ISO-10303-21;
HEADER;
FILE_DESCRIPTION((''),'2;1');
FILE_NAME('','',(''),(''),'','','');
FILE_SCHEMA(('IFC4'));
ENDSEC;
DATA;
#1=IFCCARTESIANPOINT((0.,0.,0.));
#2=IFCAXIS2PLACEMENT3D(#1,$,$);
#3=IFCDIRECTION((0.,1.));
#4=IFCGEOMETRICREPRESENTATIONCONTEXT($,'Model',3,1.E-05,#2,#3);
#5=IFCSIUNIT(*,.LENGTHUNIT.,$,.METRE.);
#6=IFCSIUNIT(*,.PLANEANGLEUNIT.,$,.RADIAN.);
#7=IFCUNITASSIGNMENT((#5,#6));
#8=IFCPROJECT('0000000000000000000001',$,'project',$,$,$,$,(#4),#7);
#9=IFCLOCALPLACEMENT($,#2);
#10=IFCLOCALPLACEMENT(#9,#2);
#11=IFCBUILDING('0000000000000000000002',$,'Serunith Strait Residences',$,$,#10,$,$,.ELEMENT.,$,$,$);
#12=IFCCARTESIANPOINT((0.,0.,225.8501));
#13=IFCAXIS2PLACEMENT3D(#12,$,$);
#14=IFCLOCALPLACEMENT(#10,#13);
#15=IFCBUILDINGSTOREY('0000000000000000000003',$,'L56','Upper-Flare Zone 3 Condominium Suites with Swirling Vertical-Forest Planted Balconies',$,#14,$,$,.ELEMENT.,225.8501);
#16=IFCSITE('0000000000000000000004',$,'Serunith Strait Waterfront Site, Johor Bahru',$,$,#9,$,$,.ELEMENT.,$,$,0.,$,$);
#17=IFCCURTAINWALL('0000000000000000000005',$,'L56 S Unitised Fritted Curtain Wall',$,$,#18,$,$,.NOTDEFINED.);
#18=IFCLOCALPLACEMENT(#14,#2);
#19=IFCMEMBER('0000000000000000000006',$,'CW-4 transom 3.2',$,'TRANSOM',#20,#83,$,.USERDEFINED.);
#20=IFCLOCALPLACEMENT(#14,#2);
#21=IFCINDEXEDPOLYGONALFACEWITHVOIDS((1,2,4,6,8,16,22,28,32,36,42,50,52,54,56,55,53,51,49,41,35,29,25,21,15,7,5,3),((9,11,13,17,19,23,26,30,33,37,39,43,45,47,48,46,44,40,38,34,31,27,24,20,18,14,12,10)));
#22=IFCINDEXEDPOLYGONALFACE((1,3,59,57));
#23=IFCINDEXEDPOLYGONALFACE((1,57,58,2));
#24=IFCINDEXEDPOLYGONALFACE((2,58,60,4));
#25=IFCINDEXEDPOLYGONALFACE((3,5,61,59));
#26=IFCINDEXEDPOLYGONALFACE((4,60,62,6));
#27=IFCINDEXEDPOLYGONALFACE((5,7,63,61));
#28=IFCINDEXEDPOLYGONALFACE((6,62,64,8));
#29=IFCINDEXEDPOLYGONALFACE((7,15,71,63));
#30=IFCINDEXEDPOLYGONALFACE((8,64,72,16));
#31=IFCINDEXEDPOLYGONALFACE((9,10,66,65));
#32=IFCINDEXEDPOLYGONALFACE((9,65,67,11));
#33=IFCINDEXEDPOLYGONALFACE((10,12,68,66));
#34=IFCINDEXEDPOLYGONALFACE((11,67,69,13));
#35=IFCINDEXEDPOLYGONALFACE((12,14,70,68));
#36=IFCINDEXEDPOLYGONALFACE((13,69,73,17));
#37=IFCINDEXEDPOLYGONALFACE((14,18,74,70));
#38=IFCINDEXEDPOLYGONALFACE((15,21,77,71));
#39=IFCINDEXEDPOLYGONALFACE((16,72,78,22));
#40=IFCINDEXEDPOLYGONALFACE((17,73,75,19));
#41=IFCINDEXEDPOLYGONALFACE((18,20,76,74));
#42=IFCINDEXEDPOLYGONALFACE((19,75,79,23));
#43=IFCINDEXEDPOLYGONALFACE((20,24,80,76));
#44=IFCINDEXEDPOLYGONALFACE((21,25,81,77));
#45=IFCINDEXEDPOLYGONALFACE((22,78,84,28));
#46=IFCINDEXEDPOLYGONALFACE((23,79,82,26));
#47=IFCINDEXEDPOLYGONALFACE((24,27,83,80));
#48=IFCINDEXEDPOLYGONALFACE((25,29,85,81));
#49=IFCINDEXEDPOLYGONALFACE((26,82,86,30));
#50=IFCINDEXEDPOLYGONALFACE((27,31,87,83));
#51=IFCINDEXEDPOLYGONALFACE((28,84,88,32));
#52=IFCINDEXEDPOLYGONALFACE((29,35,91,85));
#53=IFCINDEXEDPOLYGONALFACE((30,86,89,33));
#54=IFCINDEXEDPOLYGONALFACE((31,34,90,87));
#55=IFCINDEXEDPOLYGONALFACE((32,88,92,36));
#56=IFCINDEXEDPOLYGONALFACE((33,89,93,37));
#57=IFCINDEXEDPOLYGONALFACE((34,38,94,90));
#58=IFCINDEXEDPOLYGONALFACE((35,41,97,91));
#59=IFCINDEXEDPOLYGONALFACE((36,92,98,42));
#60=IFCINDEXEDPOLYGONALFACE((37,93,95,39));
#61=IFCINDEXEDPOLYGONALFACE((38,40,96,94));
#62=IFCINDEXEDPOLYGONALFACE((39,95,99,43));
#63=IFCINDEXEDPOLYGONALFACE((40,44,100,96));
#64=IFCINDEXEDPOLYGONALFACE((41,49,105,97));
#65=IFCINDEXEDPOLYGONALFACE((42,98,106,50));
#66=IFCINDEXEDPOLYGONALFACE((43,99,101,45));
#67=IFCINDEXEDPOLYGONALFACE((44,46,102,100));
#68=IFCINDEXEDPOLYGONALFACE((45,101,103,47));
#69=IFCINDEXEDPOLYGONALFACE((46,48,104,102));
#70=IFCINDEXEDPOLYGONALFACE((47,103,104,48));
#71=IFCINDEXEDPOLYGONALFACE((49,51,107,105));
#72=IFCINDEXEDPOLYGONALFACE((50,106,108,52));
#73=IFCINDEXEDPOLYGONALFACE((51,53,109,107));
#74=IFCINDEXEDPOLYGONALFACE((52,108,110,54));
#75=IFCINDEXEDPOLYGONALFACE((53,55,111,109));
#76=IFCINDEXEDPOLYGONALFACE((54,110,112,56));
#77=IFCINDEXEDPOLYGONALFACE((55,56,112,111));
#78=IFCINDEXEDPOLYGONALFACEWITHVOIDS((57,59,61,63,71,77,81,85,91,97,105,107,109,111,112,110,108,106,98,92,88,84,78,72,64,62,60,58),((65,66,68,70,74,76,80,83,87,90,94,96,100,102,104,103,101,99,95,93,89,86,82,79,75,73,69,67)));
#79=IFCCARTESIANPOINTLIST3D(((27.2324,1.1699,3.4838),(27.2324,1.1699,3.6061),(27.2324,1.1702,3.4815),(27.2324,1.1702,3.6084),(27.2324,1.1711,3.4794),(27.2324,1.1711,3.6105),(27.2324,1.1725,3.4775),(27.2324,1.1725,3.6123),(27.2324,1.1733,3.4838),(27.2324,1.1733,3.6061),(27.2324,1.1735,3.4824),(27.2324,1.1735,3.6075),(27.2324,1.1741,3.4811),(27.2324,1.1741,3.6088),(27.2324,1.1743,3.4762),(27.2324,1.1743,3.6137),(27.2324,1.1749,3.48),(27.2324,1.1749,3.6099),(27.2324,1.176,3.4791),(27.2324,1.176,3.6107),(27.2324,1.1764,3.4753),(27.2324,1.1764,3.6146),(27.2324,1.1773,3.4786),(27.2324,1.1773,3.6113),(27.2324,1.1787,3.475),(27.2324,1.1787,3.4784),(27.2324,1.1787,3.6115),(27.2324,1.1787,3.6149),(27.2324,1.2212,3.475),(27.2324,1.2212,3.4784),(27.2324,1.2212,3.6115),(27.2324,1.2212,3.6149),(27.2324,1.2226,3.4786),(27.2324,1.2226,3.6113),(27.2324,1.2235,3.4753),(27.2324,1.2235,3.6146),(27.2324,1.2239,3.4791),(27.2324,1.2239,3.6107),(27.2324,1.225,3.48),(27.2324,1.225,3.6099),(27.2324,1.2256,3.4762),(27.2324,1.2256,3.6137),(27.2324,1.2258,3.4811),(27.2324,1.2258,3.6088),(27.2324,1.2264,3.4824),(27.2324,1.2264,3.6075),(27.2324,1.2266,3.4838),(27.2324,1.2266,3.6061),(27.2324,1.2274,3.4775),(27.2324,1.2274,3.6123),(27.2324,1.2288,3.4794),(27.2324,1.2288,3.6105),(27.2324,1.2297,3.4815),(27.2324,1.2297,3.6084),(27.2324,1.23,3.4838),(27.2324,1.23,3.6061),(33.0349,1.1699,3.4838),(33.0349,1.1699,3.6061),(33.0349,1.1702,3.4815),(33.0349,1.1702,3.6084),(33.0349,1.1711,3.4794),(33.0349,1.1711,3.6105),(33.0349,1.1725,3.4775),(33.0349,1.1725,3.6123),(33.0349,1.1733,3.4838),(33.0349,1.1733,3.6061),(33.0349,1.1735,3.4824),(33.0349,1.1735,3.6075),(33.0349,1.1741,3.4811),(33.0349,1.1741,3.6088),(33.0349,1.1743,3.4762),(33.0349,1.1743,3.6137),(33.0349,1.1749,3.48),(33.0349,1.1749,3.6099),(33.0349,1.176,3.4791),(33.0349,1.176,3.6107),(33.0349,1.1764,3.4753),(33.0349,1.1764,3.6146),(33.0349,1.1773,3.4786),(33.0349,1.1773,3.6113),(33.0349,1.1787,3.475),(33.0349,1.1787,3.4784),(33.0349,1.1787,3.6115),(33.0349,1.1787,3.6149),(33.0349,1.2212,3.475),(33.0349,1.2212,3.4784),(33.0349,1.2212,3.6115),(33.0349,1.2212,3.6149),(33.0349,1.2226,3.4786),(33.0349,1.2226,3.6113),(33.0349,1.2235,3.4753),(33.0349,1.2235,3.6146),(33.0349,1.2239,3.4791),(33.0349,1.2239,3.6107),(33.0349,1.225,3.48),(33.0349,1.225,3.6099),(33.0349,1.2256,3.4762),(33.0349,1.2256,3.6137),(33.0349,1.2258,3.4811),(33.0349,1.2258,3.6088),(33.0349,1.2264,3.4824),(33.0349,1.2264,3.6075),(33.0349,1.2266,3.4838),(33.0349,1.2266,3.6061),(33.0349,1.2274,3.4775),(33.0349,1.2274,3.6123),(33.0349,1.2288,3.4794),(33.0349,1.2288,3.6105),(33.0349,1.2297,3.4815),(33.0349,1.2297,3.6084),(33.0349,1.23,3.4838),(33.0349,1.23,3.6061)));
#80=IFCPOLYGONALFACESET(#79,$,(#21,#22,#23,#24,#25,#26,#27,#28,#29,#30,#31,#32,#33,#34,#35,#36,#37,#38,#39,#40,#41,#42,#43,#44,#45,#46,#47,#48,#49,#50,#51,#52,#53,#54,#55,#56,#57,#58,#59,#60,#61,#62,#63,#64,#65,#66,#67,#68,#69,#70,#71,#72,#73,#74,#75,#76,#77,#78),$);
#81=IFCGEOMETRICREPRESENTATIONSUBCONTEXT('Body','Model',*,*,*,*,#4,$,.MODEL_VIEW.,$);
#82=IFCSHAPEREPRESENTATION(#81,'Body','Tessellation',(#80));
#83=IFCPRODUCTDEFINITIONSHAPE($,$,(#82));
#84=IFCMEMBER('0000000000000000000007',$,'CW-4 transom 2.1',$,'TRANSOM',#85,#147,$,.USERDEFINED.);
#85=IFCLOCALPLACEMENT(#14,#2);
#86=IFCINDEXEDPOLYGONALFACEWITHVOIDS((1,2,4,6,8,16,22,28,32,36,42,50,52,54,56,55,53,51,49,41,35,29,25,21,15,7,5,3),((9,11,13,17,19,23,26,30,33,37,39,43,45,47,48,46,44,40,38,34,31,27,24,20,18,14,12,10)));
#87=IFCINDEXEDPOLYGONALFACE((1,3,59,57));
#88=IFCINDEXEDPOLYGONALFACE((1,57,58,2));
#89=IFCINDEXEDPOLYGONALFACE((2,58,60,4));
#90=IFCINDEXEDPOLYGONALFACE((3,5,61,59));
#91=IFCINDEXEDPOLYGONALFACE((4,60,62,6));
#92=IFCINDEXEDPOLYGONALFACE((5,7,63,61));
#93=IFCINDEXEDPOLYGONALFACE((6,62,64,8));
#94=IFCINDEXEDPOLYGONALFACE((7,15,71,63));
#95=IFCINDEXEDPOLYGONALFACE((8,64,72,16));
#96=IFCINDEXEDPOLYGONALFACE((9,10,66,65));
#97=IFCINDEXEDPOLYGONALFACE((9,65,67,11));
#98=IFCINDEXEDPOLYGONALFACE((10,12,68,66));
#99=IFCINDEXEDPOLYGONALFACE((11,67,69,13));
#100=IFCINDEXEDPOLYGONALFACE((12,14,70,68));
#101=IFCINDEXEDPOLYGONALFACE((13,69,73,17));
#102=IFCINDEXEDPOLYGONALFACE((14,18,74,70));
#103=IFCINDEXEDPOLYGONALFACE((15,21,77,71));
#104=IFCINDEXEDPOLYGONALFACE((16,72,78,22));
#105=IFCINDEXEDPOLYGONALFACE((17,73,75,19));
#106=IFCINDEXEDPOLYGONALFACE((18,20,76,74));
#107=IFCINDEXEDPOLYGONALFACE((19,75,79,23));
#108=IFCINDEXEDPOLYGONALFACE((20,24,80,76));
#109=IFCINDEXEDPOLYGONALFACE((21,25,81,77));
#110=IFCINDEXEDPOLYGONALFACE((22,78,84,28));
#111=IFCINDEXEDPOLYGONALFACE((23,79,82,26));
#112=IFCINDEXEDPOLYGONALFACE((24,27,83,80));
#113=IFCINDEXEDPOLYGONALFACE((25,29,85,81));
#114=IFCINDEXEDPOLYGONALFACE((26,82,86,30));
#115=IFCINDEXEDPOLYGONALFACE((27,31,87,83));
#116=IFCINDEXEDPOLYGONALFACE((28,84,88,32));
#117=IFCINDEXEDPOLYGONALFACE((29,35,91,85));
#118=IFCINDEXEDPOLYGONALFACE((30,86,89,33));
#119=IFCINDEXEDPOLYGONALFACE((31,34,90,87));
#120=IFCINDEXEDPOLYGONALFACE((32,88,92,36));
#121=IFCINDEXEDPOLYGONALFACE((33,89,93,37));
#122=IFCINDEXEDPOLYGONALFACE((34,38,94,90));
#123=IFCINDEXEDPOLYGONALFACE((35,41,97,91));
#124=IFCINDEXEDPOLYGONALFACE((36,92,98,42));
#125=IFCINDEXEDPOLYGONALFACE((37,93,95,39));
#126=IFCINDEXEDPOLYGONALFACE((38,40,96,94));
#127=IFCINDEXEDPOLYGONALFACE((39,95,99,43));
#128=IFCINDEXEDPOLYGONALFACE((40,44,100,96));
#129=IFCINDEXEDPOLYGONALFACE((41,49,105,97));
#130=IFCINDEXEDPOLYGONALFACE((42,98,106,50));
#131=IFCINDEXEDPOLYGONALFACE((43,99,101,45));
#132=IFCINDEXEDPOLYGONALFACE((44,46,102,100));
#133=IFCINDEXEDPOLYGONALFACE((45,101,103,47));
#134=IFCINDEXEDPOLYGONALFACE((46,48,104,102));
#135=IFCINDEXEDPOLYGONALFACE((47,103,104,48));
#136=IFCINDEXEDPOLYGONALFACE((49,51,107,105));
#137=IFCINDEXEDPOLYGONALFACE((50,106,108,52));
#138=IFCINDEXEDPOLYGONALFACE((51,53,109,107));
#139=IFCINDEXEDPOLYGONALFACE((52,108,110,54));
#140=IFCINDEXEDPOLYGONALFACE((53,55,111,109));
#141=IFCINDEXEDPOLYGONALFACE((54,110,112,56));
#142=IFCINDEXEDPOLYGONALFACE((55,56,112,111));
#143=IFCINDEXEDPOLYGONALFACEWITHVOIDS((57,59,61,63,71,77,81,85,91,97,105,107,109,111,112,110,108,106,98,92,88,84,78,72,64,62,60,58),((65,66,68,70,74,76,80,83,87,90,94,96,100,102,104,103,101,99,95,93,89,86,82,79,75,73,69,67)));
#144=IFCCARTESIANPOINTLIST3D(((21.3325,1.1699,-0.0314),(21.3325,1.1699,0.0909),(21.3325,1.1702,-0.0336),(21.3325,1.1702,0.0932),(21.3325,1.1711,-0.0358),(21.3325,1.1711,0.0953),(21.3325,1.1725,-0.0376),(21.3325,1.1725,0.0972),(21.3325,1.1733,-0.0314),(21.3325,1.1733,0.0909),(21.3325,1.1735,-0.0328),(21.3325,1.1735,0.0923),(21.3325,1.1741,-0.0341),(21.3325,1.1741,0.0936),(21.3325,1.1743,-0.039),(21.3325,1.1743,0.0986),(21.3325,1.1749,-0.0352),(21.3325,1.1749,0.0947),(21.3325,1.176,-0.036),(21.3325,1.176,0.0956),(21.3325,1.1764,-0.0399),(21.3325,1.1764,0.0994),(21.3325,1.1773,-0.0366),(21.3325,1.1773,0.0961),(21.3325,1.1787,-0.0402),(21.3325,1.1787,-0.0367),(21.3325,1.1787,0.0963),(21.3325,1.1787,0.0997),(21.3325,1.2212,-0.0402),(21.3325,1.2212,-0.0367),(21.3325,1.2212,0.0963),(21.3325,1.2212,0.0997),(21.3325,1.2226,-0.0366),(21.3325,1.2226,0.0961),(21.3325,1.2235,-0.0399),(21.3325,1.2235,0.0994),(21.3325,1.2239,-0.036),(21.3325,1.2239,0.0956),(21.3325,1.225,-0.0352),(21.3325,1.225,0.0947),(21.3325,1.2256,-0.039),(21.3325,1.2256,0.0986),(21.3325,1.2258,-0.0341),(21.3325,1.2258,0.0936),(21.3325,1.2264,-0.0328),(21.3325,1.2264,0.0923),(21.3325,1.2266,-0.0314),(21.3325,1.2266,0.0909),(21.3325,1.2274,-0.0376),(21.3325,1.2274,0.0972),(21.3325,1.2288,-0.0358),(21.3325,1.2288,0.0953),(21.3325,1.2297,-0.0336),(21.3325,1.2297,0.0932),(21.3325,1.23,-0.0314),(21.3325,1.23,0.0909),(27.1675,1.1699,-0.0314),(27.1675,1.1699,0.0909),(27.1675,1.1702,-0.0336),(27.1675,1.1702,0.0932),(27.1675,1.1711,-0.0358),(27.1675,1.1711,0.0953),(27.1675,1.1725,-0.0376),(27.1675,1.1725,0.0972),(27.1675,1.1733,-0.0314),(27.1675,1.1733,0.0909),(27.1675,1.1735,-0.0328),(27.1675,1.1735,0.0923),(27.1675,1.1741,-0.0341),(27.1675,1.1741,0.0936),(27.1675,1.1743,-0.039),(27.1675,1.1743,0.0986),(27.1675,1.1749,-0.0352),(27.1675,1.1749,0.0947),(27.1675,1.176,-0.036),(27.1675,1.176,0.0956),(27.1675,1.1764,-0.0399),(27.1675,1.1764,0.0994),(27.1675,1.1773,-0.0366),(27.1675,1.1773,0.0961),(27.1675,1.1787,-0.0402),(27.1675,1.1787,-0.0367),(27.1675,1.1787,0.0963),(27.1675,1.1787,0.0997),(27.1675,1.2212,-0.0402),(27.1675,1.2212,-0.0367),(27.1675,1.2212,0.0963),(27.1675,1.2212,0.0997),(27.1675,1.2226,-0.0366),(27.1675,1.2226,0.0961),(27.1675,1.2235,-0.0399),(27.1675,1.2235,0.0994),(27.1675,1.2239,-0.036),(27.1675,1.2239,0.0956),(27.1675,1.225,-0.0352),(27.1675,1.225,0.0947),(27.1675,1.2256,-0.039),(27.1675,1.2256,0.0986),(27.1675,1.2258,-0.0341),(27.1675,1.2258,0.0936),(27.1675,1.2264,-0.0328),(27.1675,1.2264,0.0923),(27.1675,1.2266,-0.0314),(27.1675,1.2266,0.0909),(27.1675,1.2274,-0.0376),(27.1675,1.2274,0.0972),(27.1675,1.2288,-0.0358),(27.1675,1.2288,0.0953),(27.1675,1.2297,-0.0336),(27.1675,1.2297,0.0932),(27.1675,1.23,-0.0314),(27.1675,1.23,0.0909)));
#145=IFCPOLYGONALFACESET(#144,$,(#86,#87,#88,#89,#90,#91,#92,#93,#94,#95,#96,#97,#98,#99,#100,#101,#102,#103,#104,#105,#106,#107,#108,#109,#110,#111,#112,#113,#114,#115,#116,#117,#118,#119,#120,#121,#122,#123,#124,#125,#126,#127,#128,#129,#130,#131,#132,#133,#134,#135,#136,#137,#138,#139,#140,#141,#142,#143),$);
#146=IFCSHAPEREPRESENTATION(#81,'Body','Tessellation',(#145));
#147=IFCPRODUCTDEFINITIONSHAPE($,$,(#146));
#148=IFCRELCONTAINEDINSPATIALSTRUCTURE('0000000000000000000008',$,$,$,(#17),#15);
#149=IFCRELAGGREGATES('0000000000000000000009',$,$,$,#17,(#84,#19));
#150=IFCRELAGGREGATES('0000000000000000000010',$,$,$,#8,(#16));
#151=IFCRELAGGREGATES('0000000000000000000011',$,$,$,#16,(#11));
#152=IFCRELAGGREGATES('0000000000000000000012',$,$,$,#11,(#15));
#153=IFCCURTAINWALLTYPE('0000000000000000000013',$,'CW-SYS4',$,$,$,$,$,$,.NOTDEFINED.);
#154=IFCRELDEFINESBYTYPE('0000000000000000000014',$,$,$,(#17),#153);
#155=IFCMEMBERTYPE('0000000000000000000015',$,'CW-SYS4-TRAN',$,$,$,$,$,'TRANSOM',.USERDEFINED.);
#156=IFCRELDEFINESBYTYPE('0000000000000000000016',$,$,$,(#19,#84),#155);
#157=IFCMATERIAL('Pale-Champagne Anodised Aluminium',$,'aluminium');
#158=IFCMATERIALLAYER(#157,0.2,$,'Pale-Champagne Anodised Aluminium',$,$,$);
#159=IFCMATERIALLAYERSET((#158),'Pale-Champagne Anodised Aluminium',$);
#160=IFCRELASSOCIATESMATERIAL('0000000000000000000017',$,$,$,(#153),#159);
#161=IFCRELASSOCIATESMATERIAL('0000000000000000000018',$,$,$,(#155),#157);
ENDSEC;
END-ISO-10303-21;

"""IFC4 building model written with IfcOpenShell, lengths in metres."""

from ifc_helpers import new_model, si_unit, direction, frame, origin, origin_2d, place, context, subcontext, project, spatial, hollow_rectangle, extrude, source, transform, mapped, material, layer, layer_set, material_profile, profile_set, type_object, element, aggregate, save


model = new_model("IFC4")

# Units and contexts
model_context = context("Model", 3, precision=1e-05, world=origin(), true_north=direction((0.0, 1.0)))
body_context = subcontext(model_context, "Body", "Model", "MODEL_VIEW")
ifc_project = project(units=[si_unit("LENGTHUNIT", "METRE"), si_unit("PLANEANGLEUNIT", "RADIAN")], contexts=[model_context])

# Site, building, storey
site_placement = place(None, origin())
site = spatial("IfcSite", under=ifc_project, at=site_placement, Name="Serunith Strait Waterfront Site, Johor Bahru", CompositionType="ELEMENT", RefElevation=0.0)
building_placement = place(site_placement, origin())
building = spatial("IfcBuilding", under=site, at=building_placement, Name="Serunith Strait Residences", CompositionType="ELEMENT")
storey_placement = place(building_placement, frame((0.0, 0.0, 225.8501)))
storey = spatial("IfcBuildingStorey", under=building, at=storey_placement, Name="L56", Description="Upper-Flare Zone 3 Condominium Suites with Swirling Vertical-Forest Planted Balconies", CompositionType="ELEMENT", Elevation=225.8501)

# Curtain wall, members
ifc_material_1 = material(Name="Pale-Champagne Anodised Aluminium", Category="aluminium")
ifc_layer_1 = layer(ifc_material_1, 0.2, Name="Pale-Champagne Anodised Aluminium")
ifc_layer_set_1 = layer_set([ifc_layer_1], Name="Pale-Champagne Anodised Aluminium")
curtain_wall_type = type_object("IfcCurtainWallType", Name="CW-SYS4", PredefinedType="NOTDEFINED", material=ifc_layer_set_1)
curtain_wall_placement = place(storey_placement, origin())
curtain_wall = element("IfcCurtainWall", 1, at=curtain_wall_placement, inside=storey, type_object=curtain_wall_type, Name="L56 S Unitised Fritted Curtain Wall", PredefinedType="NOTDEFINED")
ifc_material_profile_1 = material_profile(ifc_material_1, hollow_rectangle(XDim=0.0601, YDim=0.1399, WallThickness=0.0034, InnerFilletRadius=0.0054, OuterFilletRadius=0.0088, at=origin_2d()), Name="ALU 140x60x3.5")
ifc_profile_set_1 = profile_set([ifc_material_profile_1], Name="Pale-Champagne Anodised Aluminium")
member_type_1 = type_object("IfcMemberType", Name="CW-SYS4-TRAN", ElementType="TRANSOM", PredefinedType="USERDEFINED", material=ifc_profile_set_1)
shared_shape_1 = source(origin(), body_context, "Body", "SweptSolid", [
    extrude(hollow_rectangle(XDim=0.0601, YDim=0.1399, WallThickness=0.0034, InnerFilletRadius=0.0054, OuterFilletRadius=0.0088, at=origin_2d()), origin(), (0.0, 0.0, 1.0), 5.8025),
])
member_1_placement = place(storey_placement, frame((27.2324, 1.2, 3.5449), z_axis=(1.0, 0.0, 0.0), x_axis=(0.0, 1.0, 0.0)))
member_1 = element("IfcMember", 2, at=member_1_placement, type_object=member_type_1, Name="CW-4 transom 3.2", ObjectType="TRANSOM", PredefinedType="USERDEFINED", context=body_context, shape_type="MappedRepresentation", body=[
    mapped(shared_shape_1, transform((0.0, 0.0, 0.0), scale=1.0)),
])
shared_shape_2 = source(origin(), body_context, "Body", "SweptSolid", [
    extrude(hollow_rectangle(XDim=0.0601, YDim=0.1399, WallThickness=0.0034, InnerFilletRadius=0.0054, OuterFilletRadius=0.0088, at=origin_2d()), origin(), (0.0, 0.0, 1.0), 5.835),
])
member_2_placement = place(storey_placement, frame((21.3325, 1.2, 0.0298), z_axis=(1.0, 0.0, 0.0), x_axis=(0.0, 1.0, 0.0)))
member_2 = element("IfcMember", 3, at=member_2_placement, type_object=member_type_1, Name="CW-4 transom 2.1", ObjectType="TRANSOM", PredefinedType="USERDEFINED", context=body_context, shape_type="MappedRepresentation", body=[
    mapped(shared_shape_2, transform((0.0, 0.0, 0.0), scale=1.0)),
])
aggregate(curtain_wall, [member_2, member_1])

save(model, "model.ifc")
